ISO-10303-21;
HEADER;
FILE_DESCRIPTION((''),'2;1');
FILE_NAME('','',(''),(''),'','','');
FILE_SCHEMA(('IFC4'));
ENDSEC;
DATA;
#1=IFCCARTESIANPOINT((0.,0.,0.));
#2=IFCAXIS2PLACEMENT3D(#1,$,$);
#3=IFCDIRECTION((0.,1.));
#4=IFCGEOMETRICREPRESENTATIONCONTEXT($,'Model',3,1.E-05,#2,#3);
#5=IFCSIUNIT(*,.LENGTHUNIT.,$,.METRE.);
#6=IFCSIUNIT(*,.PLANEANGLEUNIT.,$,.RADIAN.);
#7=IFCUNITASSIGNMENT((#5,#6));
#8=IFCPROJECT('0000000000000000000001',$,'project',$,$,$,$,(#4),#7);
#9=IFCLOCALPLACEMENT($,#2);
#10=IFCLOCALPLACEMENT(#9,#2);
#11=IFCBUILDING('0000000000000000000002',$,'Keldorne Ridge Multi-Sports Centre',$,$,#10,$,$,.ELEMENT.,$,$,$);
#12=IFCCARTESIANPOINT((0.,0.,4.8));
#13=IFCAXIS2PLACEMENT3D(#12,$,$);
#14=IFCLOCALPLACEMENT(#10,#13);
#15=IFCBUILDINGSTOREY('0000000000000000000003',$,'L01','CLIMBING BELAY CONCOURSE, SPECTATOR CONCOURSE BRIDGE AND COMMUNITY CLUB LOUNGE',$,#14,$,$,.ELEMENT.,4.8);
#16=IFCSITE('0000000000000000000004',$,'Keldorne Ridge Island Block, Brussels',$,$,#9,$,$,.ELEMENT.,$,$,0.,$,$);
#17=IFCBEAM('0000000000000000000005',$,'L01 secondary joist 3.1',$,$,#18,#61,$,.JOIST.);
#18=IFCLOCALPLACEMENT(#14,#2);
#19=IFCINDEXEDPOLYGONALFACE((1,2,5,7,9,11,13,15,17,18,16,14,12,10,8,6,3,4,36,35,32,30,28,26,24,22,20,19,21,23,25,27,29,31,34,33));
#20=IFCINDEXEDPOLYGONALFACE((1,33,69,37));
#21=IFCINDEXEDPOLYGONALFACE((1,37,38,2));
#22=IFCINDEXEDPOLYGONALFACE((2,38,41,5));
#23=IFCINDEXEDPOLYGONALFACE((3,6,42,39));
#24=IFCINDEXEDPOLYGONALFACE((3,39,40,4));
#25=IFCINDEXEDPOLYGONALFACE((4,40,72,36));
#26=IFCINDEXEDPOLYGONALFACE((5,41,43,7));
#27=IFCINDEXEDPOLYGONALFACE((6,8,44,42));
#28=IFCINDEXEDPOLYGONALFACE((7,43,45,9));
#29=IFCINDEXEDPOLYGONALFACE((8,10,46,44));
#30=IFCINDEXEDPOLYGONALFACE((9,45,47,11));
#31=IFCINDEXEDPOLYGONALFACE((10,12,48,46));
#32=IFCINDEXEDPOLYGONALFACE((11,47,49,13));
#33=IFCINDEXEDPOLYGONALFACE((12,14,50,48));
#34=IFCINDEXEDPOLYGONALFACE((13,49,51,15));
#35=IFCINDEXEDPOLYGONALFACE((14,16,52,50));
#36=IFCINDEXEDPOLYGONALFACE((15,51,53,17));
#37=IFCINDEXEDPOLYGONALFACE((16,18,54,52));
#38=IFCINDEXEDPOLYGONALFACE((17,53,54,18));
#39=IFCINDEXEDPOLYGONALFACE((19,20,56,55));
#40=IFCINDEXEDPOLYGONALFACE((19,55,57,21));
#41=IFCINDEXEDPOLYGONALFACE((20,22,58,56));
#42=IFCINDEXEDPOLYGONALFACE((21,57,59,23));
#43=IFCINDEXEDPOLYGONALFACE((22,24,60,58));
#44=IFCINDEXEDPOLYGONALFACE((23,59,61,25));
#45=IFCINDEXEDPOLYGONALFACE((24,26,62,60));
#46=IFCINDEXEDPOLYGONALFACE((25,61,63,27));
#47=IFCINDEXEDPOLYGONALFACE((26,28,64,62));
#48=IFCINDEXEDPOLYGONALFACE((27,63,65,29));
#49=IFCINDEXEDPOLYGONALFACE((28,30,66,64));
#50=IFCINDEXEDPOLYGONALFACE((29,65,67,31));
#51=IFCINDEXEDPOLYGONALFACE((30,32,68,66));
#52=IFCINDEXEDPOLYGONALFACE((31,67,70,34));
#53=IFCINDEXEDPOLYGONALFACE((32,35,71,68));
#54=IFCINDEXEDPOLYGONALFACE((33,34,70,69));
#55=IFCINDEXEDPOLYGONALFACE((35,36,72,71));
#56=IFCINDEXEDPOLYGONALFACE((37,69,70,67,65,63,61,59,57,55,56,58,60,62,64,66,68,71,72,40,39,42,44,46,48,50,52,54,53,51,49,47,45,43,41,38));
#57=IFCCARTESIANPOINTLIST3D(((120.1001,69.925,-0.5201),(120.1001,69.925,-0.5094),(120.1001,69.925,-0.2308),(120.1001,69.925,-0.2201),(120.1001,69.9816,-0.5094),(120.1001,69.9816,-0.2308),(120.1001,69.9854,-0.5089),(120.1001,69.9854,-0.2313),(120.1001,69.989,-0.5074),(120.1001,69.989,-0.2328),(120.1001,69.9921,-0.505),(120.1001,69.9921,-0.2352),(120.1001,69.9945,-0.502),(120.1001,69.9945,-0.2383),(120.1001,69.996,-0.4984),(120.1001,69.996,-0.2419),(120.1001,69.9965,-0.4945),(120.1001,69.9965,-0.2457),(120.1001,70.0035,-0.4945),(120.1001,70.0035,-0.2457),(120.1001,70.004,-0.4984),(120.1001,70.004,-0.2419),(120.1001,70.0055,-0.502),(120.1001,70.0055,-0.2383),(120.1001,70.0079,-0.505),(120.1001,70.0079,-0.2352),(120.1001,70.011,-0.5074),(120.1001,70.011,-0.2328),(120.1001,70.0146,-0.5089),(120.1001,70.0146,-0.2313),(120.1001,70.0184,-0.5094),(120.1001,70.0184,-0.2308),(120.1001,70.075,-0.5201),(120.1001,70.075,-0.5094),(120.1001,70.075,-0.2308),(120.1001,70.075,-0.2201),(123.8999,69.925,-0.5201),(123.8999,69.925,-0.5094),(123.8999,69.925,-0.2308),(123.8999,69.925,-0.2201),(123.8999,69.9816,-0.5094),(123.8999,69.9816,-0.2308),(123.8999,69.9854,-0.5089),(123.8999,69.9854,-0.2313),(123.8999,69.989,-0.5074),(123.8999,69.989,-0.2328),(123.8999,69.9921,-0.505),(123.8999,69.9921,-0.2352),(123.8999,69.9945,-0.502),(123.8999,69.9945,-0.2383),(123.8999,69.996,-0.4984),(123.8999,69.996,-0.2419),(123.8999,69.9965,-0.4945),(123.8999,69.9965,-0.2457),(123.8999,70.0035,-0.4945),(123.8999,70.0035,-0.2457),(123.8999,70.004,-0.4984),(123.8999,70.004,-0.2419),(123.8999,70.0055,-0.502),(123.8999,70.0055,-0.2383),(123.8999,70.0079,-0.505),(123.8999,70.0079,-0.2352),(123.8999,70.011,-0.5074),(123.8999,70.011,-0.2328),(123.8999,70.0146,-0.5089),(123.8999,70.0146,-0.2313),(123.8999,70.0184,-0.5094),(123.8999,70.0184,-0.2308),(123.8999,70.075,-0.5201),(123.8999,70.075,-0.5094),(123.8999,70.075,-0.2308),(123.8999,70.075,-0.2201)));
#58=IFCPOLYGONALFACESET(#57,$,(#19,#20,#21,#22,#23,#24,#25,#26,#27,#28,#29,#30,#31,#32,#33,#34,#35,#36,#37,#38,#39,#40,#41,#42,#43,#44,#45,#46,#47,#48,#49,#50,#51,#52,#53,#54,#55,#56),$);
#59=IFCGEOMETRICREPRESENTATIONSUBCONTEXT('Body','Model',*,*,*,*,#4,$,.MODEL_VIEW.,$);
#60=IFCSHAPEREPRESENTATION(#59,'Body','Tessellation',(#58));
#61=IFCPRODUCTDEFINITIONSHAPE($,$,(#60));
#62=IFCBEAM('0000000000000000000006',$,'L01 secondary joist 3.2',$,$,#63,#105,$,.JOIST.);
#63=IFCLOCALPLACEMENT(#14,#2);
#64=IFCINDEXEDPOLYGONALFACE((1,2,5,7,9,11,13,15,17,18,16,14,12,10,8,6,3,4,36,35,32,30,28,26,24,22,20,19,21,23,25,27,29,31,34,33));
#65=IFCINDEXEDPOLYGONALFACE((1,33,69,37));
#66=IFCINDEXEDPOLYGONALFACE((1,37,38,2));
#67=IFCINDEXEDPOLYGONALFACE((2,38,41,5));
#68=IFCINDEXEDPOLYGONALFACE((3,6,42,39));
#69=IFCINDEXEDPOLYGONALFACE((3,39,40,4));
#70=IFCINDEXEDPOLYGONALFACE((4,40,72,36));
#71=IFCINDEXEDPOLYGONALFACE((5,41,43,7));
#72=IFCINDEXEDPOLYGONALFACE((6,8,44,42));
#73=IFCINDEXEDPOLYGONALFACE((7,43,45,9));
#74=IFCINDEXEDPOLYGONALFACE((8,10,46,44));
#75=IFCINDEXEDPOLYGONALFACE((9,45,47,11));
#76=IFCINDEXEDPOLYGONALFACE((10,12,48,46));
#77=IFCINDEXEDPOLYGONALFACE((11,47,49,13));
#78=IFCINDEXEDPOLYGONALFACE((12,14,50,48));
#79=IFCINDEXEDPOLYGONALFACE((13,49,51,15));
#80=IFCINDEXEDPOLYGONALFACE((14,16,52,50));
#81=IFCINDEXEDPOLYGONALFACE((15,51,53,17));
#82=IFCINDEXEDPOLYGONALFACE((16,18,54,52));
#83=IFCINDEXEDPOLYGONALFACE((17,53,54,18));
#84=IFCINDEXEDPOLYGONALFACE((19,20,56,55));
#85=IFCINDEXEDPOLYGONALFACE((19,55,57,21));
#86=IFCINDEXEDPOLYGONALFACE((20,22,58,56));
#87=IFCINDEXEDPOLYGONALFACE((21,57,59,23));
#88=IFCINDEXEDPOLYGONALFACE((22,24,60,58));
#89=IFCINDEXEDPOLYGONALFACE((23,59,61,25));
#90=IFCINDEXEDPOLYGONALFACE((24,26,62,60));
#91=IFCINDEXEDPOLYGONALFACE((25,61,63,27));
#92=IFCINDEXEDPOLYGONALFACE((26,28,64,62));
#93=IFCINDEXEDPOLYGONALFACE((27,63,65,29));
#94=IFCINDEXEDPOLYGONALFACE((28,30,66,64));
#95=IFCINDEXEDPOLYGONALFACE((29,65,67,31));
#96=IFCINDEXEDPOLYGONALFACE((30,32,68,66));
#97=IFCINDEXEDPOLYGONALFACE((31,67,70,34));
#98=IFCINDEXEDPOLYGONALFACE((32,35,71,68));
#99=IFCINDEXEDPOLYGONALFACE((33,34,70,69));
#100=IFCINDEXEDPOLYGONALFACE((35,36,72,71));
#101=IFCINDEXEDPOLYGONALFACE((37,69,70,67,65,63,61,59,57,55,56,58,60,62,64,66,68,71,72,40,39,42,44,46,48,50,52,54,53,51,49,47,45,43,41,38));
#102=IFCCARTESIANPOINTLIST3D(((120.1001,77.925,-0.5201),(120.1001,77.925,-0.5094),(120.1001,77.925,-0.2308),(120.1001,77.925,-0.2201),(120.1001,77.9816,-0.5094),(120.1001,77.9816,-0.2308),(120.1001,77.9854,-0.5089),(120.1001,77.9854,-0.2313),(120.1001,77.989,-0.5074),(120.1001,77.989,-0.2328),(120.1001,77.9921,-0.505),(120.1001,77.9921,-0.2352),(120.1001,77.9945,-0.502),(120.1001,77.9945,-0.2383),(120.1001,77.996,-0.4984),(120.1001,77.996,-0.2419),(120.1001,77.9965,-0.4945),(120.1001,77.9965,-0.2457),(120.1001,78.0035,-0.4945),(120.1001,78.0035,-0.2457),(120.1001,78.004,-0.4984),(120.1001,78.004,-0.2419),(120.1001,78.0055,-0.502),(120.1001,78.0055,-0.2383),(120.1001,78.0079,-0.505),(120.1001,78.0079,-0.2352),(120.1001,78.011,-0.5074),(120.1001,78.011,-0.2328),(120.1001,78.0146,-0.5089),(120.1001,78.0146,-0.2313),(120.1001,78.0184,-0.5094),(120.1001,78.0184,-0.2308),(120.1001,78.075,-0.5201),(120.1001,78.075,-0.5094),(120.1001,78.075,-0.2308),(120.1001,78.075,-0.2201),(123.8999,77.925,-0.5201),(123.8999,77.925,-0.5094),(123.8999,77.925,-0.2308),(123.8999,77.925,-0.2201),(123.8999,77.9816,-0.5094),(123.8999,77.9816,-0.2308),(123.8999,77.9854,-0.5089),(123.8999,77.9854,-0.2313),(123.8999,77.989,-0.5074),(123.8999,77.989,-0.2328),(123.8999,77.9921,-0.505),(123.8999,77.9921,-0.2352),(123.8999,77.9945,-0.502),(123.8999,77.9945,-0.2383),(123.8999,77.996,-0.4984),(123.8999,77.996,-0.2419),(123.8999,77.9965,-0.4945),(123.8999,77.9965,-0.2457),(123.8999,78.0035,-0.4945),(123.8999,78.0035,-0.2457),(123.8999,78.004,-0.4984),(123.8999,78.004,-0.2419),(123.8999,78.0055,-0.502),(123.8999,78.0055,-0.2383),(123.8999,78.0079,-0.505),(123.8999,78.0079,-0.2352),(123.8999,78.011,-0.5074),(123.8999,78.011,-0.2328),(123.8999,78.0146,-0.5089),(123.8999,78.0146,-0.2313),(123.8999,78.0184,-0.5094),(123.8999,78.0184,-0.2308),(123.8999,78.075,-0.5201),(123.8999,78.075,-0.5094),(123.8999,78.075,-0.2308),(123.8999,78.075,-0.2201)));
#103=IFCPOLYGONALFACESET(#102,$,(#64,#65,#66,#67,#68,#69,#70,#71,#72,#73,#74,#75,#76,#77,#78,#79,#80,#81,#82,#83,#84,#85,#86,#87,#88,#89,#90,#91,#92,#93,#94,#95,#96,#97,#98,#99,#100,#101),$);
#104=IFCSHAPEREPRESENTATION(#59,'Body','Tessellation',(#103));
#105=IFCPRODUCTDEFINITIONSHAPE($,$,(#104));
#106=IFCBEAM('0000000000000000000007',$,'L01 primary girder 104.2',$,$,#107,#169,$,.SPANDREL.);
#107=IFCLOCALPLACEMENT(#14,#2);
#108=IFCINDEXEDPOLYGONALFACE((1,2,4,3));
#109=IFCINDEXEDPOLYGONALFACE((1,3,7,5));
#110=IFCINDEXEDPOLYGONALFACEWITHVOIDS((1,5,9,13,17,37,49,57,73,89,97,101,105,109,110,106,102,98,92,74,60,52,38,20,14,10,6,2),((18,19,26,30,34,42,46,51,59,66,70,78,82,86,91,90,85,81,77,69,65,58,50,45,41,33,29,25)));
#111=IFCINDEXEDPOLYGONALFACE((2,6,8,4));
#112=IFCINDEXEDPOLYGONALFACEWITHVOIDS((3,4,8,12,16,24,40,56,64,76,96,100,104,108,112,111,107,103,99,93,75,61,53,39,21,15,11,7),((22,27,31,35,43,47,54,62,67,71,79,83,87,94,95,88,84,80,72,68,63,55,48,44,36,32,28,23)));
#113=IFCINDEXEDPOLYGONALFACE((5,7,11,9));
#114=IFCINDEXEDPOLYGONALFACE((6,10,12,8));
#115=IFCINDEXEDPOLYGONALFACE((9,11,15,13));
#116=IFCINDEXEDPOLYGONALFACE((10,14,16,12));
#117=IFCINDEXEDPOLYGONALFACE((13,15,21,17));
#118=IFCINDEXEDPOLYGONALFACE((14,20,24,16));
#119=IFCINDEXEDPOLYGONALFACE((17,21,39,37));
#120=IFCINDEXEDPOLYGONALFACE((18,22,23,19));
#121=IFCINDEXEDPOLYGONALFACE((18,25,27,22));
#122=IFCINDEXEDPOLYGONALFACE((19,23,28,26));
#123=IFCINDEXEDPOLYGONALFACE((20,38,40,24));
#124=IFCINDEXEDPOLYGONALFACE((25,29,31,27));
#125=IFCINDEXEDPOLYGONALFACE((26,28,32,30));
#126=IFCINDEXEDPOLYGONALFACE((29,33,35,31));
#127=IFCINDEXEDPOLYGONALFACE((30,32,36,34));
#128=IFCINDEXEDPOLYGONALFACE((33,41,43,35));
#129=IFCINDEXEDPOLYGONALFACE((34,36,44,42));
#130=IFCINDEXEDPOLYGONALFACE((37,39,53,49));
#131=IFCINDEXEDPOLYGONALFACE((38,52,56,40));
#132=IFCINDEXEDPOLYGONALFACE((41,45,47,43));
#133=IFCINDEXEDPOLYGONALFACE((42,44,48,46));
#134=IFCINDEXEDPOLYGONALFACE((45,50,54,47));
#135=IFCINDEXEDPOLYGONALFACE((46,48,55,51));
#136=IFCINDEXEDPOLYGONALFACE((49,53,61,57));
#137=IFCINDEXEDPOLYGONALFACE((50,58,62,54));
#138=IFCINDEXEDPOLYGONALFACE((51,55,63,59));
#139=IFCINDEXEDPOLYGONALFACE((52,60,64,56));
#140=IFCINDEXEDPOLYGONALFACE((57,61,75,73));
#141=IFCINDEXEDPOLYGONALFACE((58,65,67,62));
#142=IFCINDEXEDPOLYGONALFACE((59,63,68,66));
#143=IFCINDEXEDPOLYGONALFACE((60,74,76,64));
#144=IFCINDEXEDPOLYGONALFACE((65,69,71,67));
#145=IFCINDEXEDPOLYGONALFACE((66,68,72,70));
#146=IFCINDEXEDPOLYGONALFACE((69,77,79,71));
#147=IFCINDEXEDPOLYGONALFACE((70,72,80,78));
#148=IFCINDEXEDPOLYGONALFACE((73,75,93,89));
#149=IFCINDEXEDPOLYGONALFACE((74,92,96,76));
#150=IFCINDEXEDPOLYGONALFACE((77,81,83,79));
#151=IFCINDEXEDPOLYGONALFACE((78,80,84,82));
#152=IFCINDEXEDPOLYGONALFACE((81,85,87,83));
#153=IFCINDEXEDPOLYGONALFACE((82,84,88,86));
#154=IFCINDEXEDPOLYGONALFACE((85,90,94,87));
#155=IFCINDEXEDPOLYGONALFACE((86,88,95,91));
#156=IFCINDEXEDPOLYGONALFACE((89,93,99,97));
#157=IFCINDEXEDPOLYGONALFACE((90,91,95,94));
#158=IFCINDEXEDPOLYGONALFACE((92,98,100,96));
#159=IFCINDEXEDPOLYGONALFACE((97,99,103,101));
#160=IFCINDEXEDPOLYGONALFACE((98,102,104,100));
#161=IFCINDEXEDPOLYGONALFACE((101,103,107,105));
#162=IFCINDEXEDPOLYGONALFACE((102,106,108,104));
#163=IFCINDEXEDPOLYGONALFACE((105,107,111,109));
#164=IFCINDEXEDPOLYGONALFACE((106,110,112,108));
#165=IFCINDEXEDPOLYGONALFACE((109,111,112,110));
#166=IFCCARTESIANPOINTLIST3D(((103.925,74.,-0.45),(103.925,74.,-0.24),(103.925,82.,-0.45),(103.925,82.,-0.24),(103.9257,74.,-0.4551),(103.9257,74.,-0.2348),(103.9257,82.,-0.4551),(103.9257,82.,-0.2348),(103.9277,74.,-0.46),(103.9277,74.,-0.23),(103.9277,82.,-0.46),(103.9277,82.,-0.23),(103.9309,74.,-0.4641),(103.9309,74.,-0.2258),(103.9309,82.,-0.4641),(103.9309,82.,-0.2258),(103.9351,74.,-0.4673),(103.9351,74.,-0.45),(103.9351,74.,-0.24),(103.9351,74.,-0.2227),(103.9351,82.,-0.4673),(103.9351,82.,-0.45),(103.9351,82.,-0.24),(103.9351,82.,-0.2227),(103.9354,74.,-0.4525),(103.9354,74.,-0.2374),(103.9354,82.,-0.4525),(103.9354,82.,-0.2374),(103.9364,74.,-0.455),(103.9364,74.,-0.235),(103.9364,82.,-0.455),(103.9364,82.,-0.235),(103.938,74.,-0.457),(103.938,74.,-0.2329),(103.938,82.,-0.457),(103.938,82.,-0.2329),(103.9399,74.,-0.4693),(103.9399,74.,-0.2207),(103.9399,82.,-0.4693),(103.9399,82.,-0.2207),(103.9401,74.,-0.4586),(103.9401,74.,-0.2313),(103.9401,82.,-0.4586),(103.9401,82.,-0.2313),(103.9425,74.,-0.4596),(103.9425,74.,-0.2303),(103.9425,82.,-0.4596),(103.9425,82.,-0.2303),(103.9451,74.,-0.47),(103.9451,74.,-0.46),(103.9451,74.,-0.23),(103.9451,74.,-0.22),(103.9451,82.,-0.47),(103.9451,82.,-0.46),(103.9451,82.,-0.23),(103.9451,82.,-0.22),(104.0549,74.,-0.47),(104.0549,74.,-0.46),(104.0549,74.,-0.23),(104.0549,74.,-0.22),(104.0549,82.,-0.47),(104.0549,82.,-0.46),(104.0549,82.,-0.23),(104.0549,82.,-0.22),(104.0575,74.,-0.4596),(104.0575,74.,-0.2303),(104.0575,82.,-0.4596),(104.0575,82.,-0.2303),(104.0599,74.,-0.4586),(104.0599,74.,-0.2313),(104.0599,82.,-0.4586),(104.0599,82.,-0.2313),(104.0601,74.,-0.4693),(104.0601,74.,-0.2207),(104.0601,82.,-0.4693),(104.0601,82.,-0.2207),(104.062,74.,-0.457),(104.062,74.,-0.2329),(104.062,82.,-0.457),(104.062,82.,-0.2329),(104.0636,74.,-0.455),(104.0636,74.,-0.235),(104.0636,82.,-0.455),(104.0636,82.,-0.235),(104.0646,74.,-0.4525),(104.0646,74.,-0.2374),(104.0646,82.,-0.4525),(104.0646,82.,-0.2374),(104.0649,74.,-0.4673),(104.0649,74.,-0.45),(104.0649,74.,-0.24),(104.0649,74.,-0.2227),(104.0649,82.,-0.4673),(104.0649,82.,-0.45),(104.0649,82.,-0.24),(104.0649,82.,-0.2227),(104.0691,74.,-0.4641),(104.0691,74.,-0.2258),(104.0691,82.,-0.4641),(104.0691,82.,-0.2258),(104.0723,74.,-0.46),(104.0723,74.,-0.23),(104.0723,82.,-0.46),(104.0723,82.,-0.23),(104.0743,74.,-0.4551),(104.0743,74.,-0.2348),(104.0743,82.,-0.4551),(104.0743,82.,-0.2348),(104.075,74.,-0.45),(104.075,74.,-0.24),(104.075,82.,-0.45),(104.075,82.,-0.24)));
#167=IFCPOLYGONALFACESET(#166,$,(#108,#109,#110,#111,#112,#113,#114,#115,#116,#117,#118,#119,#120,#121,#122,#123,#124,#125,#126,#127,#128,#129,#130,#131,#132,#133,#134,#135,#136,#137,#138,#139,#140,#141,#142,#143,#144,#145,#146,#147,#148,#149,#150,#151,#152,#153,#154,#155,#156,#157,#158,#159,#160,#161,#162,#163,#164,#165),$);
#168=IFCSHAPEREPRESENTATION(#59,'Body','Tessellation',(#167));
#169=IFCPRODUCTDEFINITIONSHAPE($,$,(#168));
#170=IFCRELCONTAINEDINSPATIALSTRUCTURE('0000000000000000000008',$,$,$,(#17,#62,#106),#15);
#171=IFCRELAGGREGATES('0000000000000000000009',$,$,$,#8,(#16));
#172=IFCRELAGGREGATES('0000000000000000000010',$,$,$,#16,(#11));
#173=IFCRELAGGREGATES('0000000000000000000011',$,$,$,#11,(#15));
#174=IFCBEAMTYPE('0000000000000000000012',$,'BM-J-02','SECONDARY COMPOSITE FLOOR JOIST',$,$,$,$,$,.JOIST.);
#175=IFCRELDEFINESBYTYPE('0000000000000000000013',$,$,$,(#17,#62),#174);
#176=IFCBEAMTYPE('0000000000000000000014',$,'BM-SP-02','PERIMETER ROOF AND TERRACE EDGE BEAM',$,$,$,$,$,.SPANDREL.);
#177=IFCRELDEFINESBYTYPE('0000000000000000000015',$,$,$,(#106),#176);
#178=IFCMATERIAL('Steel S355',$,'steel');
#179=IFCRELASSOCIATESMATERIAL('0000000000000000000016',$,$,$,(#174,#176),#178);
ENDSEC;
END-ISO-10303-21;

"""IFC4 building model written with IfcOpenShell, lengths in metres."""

from ifc_helpers import new_model, si_unit, direction, frame, origin, origin_2d, place, context, subcontext, project, spatial, hollow_rectangle, i_section, extrude, material, material_profile, profile_set, type_object, element, save


model = new_model("IFC4")

# Units and contexts
model_context = context("Model", 3, precision=1e-05, world=origin(), true_north=direction((0.0, 1.0)))
body_context = subcontext(model_context, "Body", "Model", "MODEL_VIEW")
ifc_project = project(units=[si_unit("LENGTHUNIT", "METRE"), si_unit("PLANEANGLEUNIT", "RADIAN")], contexts=[model_context])

# Site, building, storey
site_placement = place(None, origin())
site = spatial("IfcSite", under=ifc_project, at=site_placement, Name="Keldorne Ridge Island Block, Brussels", CompositionType="ELEMENT", RefElevation=0.0)
building_placement = place(site_placement, origin())
building = spatial("IfcBuilding", under=site, at=building_placement, Name="Keldorne Ridge Multi-Sports Centre", CompositionType="ELEMENT")
storey_placement = place(building_placement, frame((0.0, 0.0, 4.8)))
storey = spatial("IfcBuildingStorey", under=building, at=storey_placement, Name="L01", Description="CLIMBING BELAY CONCOURSE, SPECTATOR CONCOURSE BRIDGE AND COMMUNITY CLUB LOUNGE", CompositionType="ELEMENT", Elevation=4.8)

# Shared definitions
ifc_material_1 = material(Name="Steel S355", Category="steel")

# Beams
ifc_material_profile_1 = material_profile(ifc_material_1, i_section(OverallWidth=0.1499, OverallDepth=0.3, WebThickness=0.0071, FlangeThickness=0.0107, FilletRadius=0.0149, at=origin_2d()), Name="IPE 300")
ifc_profile_set_1 = profile_set([ifc_material_profile_1], Name="Steel S355")
beam_type_1 = type_object("IfcBeamType", Name="BM-J-02", Description="SECONDARY COMPOSITE FLOOR JOIST", PredefinedType="JOIST", material=ifc_profile_set_1)
for number, where, z_axis, x_axis, name in (
    (1, (120.1001, 70.0, -0.3701), (1.0, 0.0, 0.0), (0.0, 1.0, 0.0), "L01 secondary joist 3.1"),
    (2, (120.1001, 78.0, -0.3701), (1.0, 0.0, 0.0), (0.0, 1.0, 0.0), "L01 secondary joist 3.2"),
):
    element("IfcBeam", number, at=place(storey_placement, frame(where, z_axis=z_axis, x_axis=x_axis)), inside=storey, type_object=beam_type_1, Name=name, PredefinedType="JOIST", context=body_context, shape_type="SweptSolid", body=[
        extrude(i_section(OverallWidth=0.1499, OverallDepth=0.3, WebThickness=0.0071, FlangeThickness=0.0107, FilletRadius=0.0149, at=origin_2d()), origin(), (0.0, 0.0, 1.0), 3.7998),
    ])
ifc_material_profile_2 = material_profile(ifc_material_1, hollow_rectangle(XDim=0.1499, YDim=0.25, WallThickness=0.01, InnerFilletRadius=0.01, OuterFilletRadius=0.02, at=origin_2d()), Name="RHS 250x150x10")
ifc_profile_set_2 = profile_set([ifc_material_profile_2], Name="Steel S355")
beam_type_2 = type_object("IfcBeamType", Name="BM-SP-02", Description="PERIMETER ROOF AND TERRACE EDGE BEAM", PredefinedType="SPANDREL", material=ifc_profile_set_2)
for number, where, z_axis, x_axis, name in (
    (3, (104.0, 74.0, -0.345), (0.0, 1.0, 0.0), (-1.0, 0.0, 0.0), "L01 primary girder 104.2"),
):
    element("IfcBeam", number, at=place(storey_placement, frame(where, z_axis=z_axis, x_axis=x_axis)), inside=storey, type_object=beam_type_2, Name=name, PredefinedType="SPANDREL", context=body_context, shape_type="SweptSolid", body=[
        extrude(hollow_rectangle(XDim=0.1499, YDim=0.25, WallThickness=0.01, InnerFilletRadius=0.01, OuterFilletRadius=0.02, at=origin_2d()), origin(), (0.0, 0.0, 1.0), 8.0),
    ])

save(model, "model.ifc")
